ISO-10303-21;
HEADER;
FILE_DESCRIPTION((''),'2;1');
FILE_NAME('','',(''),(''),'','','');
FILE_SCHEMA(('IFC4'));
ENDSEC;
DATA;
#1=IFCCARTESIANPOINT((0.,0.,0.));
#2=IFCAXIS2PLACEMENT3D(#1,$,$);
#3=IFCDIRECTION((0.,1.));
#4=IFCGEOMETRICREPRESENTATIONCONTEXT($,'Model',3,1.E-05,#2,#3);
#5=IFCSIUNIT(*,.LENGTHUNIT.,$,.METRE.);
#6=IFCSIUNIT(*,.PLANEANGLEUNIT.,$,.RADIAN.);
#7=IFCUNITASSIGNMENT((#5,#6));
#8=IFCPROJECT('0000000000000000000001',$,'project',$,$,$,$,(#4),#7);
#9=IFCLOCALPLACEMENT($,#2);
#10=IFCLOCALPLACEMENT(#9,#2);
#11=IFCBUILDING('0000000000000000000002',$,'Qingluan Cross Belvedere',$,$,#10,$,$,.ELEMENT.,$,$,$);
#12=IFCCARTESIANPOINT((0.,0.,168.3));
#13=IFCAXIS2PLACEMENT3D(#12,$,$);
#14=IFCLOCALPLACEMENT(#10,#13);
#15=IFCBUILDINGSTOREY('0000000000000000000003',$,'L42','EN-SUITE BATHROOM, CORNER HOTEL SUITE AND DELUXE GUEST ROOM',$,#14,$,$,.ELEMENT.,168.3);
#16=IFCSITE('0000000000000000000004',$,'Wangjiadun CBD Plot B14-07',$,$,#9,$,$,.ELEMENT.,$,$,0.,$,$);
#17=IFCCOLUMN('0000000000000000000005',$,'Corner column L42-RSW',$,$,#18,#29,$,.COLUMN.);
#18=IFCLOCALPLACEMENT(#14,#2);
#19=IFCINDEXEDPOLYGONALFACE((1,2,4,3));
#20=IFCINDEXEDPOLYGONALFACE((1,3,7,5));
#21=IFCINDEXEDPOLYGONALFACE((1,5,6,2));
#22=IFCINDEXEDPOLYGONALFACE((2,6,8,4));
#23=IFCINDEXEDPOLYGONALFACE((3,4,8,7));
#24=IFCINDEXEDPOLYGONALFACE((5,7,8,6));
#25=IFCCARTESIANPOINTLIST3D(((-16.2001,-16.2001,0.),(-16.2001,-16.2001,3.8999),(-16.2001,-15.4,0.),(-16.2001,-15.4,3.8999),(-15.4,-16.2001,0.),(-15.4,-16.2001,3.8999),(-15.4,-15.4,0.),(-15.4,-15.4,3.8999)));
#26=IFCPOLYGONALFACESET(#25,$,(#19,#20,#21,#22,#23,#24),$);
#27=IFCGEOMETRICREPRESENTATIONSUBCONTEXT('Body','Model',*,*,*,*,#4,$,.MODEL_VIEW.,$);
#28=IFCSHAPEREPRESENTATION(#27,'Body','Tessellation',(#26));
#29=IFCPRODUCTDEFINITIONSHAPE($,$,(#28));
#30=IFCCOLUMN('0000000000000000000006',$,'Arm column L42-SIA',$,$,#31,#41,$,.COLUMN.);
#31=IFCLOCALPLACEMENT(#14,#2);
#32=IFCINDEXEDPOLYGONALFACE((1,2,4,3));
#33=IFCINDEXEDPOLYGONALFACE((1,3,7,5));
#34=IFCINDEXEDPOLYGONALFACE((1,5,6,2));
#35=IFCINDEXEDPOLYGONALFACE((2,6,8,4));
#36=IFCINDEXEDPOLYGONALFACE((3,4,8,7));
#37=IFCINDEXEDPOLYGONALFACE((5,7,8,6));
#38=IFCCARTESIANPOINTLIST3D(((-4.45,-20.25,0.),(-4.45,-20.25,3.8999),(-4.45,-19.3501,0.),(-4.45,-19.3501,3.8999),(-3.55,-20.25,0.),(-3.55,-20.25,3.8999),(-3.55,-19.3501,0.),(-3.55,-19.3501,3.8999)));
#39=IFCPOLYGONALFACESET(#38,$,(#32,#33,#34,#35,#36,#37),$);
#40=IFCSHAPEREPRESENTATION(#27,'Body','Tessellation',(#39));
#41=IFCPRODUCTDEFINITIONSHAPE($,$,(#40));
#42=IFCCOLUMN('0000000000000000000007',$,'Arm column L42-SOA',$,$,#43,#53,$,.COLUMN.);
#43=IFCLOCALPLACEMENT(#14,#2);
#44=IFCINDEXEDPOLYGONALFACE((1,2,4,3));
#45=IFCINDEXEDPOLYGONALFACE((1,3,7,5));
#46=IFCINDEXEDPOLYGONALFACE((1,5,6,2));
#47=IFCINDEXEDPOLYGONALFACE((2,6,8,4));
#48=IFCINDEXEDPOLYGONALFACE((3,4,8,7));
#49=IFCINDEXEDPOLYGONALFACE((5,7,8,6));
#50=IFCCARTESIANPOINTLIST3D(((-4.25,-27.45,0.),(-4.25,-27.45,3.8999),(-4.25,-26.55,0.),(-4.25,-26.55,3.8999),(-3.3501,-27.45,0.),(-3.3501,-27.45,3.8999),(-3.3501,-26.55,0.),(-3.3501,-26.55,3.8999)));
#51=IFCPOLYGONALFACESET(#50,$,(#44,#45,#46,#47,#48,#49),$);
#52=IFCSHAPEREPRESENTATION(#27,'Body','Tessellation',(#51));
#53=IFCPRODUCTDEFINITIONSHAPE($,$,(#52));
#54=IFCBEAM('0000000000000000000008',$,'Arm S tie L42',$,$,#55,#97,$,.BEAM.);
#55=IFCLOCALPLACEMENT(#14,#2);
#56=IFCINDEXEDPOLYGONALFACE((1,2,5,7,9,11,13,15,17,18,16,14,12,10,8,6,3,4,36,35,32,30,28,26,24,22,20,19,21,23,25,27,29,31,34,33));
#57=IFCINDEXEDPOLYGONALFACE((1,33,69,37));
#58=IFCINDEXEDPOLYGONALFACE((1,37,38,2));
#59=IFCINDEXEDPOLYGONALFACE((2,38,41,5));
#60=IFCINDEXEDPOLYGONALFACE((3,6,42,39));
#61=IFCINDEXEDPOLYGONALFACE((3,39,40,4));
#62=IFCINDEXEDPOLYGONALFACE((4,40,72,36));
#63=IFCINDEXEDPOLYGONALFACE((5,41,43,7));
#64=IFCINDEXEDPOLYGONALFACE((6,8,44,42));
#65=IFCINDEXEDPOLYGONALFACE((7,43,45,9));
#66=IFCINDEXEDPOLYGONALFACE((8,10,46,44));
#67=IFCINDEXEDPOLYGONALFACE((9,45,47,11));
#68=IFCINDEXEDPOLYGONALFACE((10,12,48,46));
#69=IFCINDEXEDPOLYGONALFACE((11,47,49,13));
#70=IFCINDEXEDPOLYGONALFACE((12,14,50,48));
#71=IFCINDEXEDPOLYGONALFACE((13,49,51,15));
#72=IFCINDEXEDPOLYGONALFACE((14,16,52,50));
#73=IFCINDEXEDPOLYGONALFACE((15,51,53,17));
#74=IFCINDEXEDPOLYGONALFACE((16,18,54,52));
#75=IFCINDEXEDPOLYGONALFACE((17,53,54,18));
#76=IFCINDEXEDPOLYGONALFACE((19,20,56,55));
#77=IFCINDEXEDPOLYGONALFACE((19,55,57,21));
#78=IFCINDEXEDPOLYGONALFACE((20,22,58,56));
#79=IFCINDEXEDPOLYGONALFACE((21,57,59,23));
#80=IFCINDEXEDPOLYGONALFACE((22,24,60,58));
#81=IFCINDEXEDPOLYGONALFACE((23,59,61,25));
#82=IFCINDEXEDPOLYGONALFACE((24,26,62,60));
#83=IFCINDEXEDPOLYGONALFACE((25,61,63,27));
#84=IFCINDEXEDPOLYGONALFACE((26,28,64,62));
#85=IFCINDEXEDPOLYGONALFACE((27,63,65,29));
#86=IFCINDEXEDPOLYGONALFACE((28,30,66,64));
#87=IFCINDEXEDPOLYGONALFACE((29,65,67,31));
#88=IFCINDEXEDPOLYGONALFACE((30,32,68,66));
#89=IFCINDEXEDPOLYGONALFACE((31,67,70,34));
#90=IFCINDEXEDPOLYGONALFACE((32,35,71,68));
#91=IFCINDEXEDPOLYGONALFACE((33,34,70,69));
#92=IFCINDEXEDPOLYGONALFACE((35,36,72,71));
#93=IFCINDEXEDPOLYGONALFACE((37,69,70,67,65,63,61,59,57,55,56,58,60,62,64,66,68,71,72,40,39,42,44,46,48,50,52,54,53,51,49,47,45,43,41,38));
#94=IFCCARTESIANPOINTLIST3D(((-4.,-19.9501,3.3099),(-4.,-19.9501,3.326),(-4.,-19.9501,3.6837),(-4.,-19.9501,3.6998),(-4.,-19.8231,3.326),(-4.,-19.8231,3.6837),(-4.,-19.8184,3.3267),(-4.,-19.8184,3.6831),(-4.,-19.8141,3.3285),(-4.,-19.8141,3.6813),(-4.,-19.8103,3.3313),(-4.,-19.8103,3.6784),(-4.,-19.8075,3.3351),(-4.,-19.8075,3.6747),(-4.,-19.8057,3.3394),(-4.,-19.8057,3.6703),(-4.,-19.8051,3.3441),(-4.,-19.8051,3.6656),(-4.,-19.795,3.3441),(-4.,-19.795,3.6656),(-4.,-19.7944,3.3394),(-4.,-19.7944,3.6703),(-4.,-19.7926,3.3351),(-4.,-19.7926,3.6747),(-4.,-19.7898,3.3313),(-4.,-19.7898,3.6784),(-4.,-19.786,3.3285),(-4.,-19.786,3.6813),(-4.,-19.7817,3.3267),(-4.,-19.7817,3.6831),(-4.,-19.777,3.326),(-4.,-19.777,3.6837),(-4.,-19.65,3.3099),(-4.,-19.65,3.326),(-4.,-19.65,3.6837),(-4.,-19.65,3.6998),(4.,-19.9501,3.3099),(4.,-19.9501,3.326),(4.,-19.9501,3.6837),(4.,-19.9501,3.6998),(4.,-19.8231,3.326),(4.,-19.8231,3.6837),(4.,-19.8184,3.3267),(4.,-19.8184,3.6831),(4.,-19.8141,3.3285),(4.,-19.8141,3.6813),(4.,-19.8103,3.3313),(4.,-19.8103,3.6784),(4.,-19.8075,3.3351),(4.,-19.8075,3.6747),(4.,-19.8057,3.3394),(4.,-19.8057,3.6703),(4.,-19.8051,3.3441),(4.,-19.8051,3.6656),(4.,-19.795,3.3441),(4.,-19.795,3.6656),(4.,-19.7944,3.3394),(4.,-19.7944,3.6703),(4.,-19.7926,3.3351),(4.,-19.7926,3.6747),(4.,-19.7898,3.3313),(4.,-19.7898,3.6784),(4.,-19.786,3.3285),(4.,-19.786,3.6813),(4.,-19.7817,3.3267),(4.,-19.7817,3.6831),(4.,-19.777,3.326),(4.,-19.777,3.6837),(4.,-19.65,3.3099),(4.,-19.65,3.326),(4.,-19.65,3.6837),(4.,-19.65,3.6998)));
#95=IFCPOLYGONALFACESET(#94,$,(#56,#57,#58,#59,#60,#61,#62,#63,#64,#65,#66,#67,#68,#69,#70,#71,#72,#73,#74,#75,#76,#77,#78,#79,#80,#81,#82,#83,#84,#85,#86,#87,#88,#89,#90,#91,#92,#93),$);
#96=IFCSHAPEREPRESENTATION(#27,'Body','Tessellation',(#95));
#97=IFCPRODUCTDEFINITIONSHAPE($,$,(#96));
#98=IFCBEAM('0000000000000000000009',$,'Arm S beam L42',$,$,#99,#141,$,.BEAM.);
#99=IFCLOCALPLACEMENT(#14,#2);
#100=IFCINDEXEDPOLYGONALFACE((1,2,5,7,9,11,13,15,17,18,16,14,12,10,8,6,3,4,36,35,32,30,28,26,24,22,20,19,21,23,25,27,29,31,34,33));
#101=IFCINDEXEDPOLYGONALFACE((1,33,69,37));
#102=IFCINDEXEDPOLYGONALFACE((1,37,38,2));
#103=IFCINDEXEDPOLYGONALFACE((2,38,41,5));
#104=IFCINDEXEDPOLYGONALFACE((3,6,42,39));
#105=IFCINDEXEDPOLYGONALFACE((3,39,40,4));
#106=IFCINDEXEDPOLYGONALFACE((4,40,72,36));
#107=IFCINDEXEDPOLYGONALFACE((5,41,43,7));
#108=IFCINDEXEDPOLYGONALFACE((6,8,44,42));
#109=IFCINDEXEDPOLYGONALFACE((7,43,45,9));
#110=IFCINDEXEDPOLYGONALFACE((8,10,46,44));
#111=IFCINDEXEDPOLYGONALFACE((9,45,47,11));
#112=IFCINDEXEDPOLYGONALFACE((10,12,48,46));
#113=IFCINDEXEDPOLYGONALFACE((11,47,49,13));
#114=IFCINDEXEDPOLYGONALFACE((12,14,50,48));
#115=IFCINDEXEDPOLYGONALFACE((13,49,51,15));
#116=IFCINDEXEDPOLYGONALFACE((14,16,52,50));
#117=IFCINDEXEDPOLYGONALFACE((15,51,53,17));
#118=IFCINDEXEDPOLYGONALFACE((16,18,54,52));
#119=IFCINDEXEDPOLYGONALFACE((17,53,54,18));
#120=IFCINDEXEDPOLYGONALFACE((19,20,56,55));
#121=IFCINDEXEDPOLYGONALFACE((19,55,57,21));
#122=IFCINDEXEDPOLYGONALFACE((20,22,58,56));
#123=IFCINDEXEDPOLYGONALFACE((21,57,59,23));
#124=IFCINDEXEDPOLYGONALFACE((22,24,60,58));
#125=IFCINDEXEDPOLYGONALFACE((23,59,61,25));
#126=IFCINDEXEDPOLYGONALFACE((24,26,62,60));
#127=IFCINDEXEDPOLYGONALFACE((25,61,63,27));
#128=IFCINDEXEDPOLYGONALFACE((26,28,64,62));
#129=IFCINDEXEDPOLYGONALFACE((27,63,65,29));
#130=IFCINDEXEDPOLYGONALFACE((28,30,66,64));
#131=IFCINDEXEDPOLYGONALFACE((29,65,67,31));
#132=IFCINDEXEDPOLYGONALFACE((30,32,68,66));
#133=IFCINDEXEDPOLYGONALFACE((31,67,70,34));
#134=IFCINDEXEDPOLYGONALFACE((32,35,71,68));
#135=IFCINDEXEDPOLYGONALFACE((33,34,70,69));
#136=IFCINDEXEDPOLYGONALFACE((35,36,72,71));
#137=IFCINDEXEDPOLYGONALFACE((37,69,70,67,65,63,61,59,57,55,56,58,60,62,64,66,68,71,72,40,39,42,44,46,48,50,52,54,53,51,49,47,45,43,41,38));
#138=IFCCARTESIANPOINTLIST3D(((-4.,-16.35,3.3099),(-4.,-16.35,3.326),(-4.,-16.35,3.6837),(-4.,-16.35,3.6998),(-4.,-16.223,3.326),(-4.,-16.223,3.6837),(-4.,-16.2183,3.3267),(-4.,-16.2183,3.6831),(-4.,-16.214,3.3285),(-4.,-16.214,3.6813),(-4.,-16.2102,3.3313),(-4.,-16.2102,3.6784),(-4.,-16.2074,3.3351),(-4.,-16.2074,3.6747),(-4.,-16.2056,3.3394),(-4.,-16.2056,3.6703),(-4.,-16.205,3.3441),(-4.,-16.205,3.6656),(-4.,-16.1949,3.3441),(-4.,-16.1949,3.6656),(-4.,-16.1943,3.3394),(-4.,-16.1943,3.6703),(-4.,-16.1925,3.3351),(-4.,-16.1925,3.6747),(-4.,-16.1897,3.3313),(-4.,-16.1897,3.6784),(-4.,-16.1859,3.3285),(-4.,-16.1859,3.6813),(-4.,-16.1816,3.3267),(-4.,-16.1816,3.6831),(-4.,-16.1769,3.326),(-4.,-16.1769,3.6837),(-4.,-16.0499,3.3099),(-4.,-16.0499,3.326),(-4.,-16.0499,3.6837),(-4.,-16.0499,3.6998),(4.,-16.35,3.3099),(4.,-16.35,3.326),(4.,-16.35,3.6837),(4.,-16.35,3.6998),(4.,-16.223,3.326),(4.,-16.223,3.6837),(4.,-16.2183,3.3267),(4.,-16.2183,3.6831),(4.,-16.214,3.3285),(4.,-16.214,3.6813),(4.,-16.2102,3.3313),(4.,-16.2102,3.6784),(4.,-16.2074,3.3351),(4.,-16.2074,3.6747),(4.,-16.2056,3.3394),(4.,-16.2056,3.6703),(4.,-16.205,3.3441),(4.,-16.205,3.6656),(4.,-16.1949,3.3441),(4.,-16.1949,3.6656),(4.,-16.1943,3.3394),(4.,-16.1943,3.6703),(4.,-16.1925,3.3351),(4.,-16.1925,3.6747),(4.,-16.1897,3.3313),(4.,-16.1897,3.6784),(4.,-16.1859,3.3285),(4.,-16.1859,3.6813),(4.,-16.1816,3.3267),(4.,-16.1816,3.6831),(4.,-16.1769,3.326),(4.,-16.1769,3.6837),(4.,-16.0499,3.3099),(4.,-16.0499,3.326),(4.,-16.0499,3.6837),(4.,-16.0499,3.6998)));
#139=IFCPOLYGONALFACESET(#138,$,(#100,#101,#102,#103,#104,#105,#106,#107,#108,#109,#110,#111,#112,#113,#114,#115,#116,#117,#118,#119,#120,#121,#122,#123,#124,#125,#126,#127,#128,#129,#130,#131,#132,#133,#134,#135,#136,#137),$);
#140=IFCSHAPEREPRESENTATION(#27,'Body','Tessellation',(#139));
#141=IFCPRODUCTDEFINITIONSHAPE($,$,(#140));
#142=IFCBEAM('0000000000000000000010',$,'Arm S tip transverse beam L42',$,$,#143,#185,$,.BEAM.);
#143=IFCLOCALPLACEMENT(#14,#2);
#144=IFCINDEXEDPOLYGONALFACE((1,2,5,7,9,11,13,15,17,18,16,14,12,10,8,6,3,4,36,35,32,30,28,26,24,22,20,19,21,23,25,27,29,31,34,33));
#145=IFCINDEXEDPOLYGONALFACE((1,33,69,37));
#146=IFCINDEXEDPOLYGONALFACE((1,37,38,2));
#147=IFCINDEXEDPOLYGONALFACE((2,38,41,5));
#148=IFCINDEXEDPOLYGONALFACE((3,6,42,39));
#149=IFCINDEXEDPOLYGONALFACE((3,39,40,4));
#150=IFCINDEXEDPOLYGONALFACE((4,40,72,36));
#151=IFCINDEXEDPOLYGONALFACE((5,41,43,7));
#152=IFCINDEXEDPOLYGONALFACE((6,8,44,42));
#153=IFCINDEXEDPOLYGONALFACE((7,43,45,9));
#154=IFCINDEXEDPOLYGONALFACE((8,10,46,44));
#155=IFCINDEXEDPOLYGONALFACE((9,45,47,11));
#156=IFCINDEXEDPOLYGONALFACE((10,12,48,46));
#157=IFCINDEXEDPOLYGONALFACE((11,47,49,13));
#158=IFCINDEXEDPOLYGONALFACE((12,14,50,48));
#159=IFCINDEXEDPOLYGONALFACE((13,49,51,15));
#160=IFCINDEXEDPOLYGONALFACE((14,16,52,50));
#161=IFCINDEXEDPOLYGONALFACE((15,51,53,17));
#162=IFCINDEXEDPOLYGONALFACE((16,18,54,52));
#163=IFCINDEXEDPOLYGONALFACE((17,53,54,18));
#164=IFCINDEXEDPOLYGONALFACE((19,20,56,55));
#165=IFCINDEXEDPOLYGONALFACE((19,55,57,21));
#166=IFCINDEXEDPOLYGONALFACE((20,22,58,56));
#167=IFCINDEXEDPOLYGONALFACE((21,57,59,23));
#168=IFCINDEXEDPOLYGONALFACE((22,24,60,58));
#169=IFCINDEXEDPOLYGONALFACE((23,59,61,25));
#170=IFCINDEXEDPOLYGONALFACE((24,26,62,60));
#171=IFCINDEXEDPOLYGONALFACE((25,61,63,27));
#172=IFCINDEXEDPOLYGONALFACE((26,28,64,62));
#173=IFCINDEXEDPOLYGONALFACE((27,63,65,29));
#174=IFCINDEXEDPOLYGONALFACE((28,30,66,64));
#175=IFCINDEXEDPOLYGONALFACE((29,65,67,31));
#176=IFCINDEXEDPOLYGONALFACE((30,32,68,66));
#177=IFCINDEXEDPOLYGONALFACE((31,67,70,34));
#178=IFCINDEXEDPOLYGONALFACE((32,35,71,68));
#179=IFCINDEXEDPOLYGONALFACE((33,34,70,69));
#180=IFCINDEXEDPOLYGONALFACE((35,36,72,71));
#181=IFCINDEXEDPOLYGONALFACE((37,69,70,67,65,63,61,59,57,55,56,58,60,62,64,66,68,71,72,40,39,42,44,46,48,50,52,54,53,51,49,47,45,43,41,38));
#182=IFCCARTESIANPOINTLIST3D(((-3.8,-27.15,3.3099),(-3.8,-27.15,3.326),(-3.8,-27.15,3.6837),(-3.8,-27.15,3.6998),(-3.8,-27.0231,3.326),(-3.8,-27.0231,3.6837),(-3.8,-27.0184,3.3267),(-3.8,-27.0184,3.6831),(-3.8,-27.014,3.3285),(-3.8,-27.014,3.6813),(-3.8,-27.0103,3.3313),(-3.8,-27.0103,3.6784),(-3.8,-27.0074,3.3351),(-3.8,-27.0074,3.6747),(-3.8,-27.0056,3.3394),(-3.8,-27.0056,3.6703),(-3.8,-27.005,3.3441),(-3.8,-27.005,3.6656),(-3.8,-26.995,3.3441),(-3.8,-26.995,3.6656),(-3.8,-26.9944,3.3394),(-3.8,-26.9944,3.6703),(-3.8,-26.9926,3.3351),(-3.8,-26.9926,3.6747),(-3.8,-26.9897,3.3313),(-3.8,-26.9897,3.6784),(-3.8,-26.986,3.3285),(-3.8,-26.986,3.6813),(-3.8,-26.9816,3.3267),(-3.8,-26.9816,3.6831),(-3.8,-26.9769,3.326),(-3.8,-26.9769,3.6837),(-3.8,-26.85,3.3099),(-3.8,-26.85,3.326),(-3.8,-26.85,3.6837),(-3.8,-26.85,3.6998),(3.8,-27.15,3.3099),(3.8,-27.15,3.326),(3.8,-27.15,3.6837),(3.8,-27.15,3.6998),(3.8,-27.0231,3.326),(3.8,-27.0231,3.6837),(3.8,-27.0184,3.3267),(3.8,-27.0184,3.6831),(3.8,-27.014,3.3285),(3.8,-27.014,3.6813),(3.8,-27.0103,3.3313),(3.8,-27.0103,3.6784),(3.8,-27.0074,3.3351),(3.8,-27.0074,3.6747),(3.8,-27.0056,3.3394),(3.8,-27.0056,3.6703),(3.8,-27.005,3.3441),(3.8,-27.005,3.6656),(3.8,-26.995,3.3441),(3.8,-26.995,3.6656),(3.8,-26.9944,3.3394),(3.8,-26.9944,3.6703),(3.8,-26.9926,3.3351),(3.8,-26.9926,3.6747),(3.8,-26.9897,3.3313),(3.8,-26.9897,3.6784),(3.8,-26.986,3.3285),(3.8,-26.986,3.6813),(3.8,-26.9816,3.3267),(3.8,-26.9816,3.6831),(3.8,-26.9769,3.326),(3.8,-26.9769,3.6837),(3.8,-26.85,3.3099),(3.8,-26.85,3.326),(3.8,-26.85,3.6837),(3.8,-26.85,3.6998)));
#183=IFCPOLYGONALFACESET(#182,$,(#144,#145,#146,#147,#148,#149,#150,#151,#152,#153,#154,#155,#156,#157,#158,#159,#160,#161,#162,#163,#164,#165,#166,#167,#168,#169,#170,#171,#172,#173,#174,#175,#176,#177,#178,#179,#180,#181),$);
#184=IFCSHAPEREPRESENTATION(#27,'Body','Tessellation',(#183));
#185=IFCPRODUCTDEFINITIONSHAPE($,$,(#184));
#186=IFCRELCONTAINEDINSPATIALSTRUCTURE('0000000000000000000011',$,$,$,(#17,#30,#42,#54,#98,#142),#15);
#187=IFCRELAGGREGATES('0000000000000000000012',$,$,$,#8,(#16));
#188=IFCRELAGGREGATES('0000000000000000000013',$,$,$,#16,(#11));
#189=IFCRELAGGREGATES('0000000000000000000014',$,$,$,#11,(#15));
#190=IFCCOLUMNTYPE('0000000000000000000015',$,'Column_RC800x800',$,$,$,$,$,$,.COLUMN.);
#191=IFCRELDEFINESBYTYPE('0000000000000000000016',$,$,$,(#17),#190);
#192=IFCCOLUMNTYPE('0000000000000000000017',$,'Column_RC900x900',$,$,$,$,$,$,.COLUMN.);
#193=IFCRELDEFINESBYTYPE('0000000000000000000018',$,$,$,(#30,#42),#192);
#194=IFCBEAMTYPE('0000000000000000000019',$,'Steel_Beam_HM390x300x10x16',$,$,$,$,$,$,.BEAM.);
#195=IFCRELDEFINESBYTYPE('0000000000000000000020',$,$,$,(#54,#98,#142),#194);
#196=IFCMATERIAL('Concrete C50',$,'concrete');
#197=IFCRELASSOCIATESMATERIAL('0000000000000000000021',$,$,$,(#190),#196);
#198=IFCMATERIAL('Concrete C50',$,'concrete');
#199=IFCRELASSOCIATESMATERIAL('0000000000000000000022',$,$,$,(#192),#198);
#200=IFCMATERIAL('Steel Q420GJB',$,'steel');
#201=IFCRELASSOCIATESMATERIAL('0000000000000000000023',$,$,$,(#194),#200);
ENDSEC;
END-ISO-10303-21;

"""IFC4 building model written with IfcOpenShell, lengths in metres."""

from ifc_helpers import new_model, si_unit, direction, frame, origin, origin_2d, place, context, subcontext, project, spatial, rectangle, i_section, extrude, material, material_profile, profile_set, type_object, element, save


model = new_model("IFC4")

# Units and contexts
model_context = context("Model", 3, precision=1e-05, world=origin(), true_north=direction((0.0, 1.0)))
body_context = subcontext(model_context, "Body", "Model", "MODEL_VIEW")
ifc_project = project(units=[si_unit("LENGTHUNIT", "METRE"), si_unit("PLANEANGLEUNIT", "RADIAN")], contexts=[model_context])

# Site, building, storey
site_placement = place(None, origin())
site = spatial("IfcSite", under=ifc_project, at=site_placement, Name="Wangjiadun CBD Plot B14-07", CompositionType="ELEMENT", RefElevation=0.0)
building_placement = place(site_placement, origin())
building = spatial("IfcBuilding", under=site, at=building_placement, Name="Qingluan Cross Belvedere", CompositionType="ELEMENT")
storey_placement = place(building_placement, frame((0.0, 0.0, 168.3)))
storey = spatial("IfcBuildingStorey", under=building, at=storey_placement, Name="L42", Description="EN-SUITE BATHROOM, CORNER HOTEL SUITE AND DELUXE GUEST ROOM", CompositionType="ELEMENT", Elevation=168.3)

# Columns
ifc_material_1 = material(Name="Concrete C50", Category="concrete")
ifc_material_profile_1 = material_profile(ifc_material_1, rectangle(XDim=0.8, YDim=0.8, at=origin_2d()), Name="RC800x800")
ifc_profile_set_1 = profile_set([ifc_material_profile_1], Name="Concrete C50")
column_type_1 = type_object("IfcColumnType", Name="Column_RC800x800", PredefinedType="COLUMN", material=ifc_profile_set_1)
column_placement = place(storey_placement, frame((-15.8, -15.8, 0.0), z_axis=(0.0, 0.0, 1.0), x_axis=(1.0, 0.0, 0.0)))
element("IfcColumn", 1, at=column_placement, inside=storey, type_object=column_type_1, Name="Corner column L42-RSW", PredefinedType="COLUMN", context=body_context, shape_type="SweptSolid", body=[
    extrude(rectangle(XDim=0.8, YDim=0.8, at=origin_2d()), origin(), (0.0, 0.0, 1.0), 3.8999),
])
ifc_material_2 = material(Name="Concrete C50", Category="concrete")
ifc_material_profile_2 = material_profile(ifc_material_2, rectangle(XDim=0.8999, YDim=0.8999, at=origin_2d()), Name="RC900x900")
ifc_profile_set_2 = profile_set([ifc_material_profile_2], Name="Concrete C50")
column_type_2 = type_object("IfcColumnType", Name="Column_RC900x900", PredefinedType="COLUMN", material=ifc_profile_set_2)
for number, where, z_axis, x_axis, name in (
    (2, (-4.0, -19.8, 0.0), (0.0, 0.0, 1.0), (1.0, 0.0, 0.0), "Arm column L42-SIA"),
    (3, (-3.8, -27.0, 0.0), (0.0, 0.0, 1.0), (1.0, 0.0, 0.0), "Arm column L42-SOA"),
):
    element("IfcColumn", number, at=place(storey_placement, frame(where, z_axis=z_axis, x_axis=x_axis)), inside=storey, type_object=column_type_2, Name=name, PredefinedType="COLUMN", context=body_context, shape_type="SweptSolid", body=[
        extrude(rectangle(XDim=0.8999, YDim=0.8999, at=origin_2d()), origin(), (0.0, 0.0, 1.0), 3.8999),
    ])

# Beams
ifc_material_3 = material(Name="Steel Q420GJB", Category="steel")
ifc_material_profile_3 = material_profile(ifc_material_3, i_section(OverallWidth=0.3, OverallDepth=0.3899, WebThickness=0.01, FlangeThickness=0.0161, FilletRadius=0.0181, at=origin_2d()), Name="HM390x300x10x16")
ifc_profile_set_3 = profile_set([ifc_material_profile_3], Name="Steel Q420GJB")
beam_type_1 = type_object("IfcBeamType", Name="Steel_Beam_HM390x300x10x16", PredefinedType="BEAM", material=ifc_profile_set_3)
for number, where, z_axis, x_axis, name in (
    (4, (-4.0, -19.8, 3.5049), (1.0, 0.0, 0.0), (0.0, 1.0, 0.0), "Arm S tie L42"),
    (5, (-4.0, -16.2, 3.5049), (1.0, 0.0, 0.0), (0.0, 1.0, 0.0), "Arm S beam L42"),
):
    element("IfcBeam", number, at=place(storey_placement, frame(where, z_axis=z_axis, x_axis=x_axis)), inside=storey, type_object=beam_type_1, Name=name, PredefinedType="BEAM", context=body_context, shape_type="SweptSolid", body=[
        extrude(i_section(OverallWidth=0.3, OverallDepth=0.3899, WebThickness=0.01, FlangeThickness=0.0161, FilletRadius=0.0181, at=origin_2d()), origin(), (0.0, 0.0, 1.0), 8.0),
    ])
beam_1_placement = place(storey_placement, frame((-3.8, -27.0, 3.5049), z_axis=(1.0, 0.0, 0.0), x_axis=(0.0, 1.0, 0.0)))
element("IfcBeam", 6, at=beam_1_placement, inside=storey, type_object=beam_type_1, Name="Arm S tip transverse beam L42", PredefinedType="BEAM", context=body_context, shape_type="SweptSolid", body=[
    extrude(i_section(OverallWidth=0.3, OverallDepth=0.3899, WebThickness=0.01, FlangeThickness=0.0161, FilletRadius=0.0181, at=origin_2d()), origin(), (0.0, 0.0, 1.0), 7.6001),
])

save(model, "model.ifc")
